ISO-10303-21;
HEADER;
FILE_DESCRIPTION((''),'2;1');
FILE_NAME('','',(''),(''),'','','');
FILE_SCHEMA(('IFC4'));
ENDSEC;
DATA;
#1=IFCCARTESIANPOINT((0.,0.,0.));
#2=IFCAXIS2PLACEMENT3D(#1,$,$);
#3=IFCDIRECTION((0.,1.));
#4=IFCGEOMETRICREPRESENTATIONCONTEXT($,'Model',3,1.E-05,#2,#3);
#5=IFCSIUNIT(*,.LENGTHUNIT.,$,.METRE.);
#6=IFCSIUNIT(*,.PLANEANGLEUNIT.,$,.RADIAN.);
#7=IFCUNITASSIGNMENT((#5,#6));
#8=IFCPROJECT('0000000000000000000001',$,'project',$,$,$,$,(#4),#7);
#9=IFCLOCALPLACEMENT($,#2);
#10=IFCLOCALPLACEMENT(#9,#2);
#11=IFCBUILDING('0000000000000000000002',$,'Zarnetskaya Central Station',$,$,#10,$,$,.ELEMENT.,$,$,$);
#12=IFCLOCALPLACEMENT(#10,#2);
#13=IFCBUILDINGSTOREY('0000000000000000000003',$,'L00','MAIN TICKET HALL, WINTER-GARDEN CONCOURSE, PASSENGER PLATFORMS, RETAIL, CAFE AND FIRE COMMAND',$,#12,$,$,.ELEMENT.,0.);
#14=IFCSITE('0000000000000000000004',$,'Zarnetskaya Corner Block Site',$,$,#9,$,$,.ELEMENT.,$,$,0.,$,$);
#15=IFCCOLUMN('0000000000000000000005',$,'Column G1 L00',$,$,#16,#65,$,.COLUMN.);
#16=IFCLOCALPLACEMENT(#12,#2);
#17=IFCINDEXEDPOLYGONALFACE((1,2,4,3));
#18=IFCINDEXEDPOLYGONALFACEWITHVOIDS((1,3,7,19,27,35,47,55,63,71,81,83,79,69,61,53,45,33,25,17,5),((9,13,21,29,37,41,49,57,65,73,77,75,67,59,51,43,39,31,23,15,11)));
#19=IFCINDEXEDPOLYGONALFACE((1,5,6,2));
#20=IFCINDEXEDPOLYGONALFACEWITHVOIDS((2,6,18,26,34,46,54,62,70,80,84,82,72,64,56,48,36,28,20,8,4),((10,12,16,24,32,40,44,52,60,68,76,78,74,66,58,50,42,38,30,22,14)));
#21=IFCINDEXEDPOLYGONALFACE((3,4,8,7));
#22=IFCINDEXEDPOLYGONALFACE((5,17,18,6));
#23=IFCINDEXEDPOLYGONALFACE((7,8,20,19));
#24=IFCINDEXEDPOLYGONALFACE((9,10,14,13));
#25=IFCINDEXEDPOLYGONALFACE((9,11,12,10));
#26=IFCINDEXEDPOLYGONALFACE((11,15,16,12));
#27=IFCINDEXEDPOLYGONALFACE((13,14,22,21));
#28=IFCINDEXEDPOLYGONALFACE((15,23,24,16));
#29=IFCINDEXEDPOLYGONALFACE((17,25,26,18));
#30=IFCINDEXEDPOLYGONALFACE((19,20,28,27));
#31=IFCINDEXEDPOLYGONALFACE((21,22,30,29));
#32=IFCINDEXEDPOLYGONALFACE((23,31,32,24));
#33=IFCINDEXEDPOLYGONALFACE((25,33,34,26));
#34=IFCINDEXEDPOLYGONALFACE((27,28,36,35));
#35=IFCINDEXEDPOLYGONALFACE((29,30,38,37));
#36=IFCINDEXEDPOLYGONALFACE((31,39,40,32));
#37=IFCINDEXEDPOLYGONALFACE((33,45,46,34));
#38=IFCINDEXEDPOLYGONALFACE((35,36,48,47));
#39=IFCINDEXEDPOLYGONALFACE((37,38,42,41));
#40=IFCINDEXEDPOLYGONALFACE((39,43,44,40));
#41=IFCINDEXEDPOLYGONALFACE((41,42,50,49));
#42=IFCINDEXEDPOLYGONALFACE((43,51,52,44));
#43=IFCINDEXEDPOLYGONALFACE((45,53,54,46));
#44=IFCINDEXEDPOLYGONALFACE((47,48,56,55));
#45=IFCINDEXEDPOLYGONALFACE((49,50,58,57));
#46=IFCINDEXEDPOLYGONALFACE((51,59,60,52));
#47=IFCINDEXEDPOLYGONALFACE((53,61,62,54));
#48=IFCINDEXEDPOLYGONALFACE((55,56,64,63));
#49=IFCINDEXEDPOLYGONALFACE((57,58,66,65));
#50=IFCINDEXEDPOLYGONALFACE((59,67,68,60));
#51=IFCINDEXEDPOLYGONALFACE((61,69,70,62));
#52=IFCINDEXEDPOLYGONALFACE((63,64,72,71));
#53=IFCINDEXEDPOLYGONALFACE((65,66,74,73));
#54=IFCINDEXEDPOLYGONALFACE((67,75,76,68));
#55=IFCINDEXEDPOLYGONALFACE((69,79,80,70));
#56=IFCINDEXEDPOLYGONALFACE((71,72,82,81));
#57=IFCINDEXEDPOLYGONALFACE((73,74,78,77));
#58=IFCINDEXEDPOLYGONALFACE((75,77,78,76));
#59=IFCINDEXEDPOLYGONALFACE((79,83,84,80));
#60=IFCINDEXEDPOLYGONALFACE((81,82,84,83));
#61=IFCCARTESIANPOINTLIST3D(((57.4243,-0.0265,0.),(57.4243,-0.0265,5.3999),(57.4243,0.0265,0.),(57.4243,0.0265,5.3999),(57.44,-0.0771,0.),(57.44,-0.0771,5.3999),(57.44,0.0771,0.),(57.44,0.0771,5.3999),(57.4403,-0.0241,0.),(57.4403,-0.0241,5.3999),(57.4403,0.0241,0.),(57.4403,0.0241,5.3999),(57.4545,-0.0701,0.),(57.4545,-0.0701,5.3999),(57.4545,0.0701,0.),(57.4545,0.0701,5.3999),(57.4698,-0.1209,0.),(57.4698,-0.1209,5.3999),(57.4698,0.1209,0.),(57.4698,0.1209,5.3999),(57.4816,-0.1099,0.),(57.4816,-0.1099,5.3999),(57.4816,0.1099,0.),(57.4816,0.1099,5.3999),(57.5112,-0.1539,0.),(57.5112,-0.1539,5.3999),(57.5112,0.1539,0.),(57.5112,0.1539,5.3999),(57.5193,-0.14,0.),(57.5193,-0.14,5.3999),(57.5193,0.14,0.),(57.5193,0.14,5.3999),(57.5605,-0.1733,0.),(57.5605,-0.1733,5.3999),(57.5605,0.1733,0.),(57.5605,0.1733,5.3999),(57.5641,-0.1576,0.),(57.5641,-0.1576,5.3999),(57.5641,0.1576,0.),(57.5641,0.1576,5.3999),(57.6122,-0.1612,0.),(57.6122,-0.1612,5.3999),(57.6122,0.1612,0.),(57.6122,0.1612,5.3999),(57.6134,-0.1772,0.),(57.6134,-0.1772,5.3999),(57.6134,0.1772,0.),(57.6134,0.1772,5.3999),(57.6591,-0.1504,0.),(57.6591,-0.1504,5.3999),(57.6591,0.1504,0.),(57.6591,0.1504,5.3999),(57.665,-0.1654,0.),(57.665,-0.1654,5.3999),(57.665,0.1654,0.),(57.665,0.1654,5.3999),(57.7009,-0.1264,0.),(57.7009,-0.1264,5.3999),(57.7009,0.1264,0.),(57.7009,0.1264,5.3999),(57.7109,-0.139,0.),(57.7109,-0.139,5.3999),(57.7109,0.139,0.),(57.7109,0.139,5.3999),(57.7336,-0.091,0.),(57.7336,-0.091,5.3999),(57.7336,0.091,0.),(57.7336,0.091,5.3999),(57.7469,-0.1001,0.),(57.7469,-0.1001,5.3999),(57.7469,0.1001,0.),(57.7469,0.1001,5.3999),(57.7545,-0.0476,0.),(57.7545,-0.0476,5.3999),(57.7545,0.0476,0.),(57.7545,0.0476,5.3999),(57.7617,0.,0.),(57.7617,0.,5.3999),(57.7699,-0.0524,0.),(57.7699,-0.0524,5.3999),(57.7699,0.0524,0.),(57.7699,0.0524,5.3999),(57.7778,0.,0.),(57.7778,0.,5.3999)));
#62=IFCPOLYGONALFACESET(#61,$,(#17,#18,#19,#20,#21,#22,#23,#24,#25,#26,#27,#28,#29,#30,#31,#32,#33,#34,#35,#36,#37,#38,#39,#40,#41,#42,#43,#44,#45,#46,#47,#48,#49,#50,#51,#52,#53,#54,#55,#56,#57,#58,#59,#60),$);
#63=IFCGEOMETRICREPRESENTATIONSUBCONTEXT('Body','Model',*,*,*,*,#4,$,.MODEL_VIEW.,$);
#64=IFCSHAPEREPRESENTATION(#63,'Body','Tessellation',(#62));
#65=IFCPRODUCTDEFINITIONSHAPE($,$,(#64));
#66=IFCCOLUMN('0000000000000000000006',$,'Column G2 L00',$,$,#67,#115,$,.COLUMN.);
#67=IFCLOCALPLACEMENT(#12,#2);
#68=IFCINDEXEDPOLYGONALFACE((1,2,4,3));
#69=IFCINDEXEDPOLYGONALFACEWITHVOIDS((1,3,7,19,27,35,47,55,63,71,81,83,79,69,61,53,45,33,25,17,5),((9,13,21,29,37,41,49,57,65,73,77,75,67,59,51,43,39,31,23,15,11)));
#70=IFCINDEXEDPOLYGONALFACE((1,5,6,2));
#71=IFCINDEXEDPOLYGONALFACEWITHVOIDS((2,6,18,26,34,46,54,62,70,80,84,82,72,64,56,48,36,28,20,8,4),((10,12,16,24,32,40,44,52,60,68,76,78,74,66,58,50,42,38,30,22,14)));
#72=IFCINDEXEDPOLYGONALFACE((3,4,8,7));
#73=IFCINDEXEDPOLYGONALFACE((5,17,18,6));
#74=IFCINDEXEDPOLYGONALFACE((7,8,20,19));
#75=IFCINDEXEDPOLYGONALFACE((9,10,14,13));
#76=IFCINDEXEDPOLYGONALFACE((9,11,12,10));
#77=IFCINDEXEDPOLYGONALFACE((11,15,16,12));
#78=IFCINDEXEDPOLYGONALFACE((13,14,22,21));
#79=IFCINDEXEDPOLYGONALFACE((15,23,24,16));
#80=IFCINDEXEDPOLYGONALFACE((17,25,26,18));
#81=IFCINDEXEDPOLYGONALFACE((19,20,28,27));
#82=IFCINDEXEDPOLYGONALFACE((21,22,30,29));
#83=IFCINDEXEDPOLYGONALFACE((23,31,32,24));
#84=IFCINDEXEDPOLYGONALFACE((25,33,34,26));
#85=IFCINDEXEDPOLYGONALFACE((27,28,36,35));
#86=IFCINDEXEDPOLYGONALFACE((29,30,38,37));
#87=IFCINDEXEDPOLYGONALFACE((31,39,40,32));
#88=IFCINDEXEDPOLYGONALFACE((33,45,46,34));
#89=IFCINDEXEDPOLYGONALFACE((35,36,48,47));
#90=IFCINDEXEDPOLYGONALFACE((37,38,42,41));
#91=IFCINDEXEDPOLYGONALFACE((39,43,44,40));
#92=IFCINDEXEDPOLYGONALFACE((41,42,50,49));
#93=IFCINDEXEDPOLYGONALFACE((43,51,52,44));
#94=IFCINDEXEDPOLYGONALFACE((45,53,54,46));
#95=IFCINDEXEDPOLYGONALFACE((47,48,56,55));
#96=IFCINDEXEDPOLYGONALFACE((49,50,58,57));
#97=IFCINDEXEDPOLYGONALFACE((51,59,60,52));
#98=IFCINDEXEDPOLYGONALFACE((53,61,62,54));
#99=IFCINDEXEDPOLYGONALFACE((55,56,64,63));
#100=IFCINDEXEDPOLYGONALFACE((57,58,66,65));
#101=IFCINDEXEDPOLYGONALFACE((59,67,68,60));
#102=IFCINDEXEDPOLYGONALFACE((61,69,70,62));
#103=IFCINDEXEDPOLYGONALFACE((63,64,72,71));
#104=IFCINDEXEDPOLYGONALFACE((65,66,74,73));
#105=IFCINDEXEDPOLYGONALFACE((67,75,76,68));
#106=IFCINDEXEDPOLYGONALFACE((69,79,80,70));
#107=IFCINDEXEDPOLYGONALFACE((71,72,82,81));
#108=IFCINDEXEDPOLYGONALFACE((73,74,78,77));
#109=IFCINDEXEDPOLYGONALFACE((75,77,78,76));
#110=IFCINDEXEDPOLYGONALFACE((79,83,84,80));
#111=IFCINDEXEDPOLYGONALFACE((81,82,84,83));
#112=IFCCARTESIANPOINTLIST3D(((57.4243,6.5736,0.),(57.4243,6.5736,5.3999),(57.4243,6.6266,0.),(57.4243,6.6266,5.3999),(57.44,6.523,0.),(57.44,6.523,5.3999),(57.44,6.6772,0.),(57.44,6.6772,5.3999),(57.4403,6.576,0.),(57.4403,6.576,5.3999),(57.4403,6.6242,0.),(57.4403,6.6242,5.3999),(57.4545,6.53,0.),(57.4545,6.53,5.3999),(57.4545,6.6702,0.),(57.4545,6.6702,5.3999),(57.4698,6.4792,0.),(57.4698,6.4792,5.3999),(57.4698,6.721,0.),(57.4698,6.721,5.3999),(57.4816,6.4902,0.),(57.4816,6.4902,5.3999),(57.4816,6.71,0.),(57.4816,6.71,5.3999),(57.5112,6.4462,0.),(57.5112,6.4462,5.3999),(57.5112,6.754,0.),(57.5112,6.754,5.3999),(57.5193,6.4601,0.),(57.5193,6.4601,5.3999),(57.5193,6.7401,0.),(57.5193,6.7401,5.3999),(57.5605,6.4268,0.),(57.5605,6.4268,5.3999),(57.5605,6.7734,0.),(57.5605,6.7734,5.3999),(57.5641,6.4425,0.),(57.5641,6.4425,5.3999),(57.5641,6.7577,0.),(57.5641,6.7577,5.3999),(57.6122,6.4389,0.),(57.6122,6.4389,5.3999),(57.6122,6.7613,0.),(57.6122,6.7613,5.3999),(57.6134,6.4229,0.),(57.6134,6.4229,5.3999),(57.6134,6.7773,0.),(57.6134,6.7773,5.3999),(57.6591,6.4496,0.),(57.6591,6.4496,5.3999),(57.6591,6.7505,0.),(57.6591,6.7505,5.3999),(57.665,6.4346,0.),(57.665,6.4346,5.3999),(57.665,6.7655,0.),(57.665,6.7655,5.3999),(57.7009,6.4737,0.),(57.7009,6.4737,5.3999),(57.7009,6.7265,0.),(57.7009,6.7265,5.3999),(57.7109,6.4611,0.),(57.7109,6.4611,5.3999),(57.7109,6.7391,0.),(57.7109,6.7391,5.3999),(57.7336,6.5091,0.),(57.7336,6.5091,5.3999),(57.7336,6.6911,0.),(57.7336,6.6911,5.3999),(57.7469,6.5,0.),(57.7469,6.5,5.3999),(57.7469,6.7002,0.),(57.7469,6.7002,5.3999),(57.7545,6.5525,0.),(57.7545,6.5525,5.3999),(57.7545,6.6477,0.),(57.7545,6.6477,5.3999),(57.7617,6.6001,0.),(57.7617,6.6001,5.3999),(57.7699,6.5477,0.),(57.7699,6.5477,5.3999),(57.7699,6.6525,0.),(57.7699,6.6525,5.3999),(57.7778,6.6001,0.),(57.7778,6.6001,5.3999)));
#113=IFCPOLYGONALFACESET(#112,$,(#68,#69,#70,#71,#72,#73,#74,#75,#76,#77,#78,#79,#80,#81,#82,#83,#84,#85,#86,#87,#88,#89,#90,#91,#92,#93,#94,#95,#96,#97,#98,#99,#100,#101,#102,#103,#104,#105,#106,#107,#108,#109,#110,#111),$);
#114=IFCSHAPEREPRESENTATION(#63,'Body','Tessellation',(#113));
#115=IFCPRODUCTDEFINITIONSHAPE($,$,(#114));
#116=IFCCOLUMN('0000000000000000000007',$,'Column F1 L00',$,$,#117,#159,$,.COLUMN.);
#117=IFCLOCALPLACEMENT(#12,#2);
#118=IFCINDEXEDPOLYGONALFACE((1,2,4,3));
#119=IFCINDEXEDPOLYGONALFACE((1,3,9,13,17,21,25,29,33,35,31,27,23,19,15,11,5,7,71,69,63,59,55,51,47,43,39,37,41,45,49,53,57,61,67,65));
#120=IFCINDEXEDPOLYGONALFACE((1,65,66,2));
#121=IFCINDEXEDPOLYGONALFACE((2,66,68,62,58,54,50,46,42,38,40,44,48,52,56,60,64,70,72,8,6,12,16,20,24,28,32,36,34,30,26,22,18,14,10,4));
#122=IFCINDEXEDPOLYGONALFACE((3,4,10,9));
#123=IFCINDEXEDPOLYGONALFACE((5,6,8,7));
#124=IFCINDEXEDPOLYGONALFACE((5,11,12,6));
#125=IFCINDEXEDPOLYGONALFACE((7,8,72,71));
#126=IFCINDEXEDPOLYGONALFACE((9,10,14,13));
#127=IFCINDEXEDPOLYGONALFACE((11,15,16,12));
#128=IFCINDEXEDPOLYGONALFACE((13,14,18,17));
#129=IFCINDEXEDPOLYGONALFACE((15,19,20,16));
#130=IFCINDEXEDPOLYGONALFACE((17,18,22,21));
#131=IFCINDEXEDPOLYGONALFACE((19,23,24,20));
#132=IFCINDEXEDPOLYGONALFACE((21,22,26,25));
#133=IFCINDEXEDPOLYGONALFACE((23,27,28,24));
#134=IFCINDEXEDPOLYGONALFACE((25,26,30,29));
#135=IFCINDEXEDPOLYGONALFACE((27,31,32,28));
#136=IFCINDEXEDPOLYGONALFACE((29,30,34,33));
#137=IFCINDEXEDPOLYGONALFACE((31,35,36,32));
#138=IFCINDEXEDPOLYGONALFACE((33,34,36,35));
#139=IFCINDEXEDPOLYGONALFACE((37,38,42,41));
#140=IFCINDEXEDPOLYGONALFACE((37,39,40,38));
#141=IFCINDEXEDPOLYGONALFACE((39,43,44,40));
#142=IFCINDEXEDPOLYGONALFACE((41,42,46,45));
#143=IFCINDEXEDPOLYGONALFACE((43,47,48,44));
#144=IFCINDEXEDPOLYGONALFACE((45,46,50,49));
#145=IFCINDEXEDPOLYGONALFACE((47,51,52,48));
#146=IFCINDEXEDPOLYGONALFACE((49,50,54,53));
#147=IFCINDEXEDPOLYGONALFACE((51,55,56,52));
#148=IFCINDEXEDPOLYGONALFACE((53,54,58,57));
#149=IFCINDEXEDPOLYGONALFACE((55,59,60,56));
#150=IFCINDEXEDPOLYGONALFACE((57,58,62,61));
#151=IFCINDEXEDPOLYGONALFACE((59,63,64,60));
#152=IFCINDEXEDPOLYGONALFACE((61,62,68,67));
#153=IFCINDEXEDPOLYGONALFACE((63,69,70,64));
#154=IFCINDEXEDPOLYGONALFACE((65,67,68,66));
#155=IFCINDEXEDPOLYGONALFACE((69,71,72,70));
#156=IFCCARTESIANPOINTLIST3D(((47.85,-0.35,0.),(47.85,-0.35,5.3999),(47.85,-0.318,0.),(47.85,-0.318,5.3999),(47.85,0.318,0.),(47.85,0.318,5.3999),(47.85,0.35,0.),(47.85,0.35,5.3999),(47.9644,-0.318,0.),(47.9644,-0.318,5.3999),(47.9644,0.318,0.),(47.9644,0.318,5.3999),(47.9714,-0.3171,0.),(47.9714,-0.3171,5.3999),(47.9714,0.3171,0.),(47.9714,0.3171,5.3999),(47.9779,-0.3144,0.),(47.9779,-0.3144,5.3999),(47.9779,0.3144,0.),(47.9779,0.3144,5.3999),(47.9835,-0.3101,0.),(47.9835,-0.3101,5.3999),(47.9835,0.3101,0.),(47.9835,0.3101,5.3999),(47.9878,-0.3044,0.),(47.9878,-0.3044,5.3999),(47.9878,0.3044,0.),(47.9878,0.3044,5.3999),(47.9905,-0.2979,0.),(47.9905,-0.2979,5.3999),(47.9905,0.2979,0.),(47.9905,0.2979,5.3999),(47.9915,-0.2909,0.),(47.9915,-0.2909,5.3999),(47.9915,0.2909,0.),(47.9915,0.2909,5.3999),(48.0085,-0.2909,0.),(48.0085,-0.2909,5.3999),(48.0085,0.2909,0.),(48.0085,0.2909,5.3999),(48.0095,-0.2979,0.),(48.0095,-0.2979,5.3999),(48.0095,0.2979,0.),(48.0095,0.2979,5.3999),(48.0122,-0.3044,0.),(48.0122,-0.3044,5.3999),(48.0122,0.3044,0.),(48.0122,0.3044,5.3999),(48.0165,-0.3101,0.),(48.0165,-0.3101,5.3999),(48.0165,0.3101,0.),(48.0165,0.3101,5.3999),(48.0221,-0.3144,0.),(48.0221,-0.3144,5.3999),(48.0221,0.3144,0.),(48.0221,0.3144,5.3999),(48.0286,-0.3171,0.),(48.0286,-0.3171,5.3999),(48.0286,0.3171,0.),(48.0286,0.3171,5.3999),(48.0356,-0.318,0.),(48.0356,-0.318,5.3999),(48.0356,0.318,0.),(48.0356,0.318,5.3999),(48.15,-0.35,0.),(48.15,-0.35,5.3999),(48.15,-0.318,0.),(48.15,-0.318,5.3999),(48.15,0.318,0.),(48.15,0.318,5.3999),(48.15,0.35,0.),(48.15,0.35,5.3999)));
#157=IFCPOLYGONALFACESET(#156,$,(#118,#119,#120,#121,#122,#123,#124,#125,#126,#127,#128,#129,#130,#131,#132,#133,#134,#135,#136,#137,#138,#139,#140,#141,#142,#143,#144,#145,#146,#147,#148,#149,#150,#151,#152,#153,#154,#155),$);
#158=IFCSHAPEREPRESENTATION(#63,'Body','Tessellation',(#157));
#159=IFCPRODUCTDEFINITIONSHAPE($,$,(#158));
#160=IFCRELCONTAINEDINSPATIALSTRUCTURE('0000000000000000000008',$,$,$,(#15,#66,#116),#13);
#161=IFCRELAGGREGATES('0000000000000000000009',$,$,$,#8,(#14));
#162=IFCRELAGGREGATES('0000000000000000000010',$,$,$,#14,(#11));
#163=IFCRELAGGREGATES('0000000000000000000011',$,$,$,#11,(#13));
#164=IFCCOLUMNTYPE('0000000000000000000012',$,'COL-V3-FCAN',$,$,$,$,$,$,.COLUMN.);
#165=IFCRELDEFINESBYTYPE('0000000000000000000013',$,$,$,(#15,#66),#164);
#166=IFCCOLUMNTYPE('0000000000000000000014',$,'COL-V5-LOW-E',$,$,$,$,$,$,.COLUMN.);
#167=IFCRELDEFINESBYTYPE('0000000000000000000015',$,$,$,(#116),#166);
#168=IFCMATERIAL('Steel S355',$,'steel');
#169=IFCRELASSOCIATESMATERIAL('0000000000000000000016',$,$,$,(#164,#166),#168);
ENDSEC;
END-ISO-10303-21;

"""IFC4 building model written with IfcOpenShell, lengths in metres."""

from ifc_helpers import new_model, si_unit, direction, frame, origin, origin_2d, place, context, subcontext, project, spatial, hollow_circle, i_section, extrude, material, material_profile, profile_set, type_object, element, save


model = new_model("IFC4")

# Units and contexts
model_context = context("Model", 3, precision=1e-05, world=origin(), true_north=direction((0.0, 1.0)))
body_context = subcontext(model_context, "Body", "Model", "MODEL_VIEW")
ifc_project = project(units=[si_unit("LENGTHUNIT", "METRE"), si_unit("PLANEANGLEUNIT", "RADIAN")], contexts=[model_context])

# Site, building, storey
site_placement = place(None, origin())
site = spatial("IfcSite", under=ifc_project, at=site_placement, Name="Zarnetskaya Corner Block Site", CompositionType="ELEMENT", RefElevation=0.0)
building_placement = place(site_placement, origin())
building = spatial("IfcBuilding", under=site, at=building_placement, Name="Zarnetskaya Central Station", CompositionType="ELEMENT")
storey_placement = place(building_placement, origin())
storey = spatial("IfcBuildingStorey", under=building, at=storey_placement, Name="L00", Description="MAIN TICKET HALL, WINTER-GARDEN CONCOURSE, PASSENGER PLATFORMS, RETAIL, CAFE AND FIRE COMMAND", CompositionType="ELEMENT", Elevation=0.0)

# Columns
ifc_material_1 = material(Name="Steel S355", Category="steel")
ifc_material_profile_1 = material_profile(ifc_material_1, hollow_circle(Radius=0.1777, WallThickness=0.0161, at=origin_2d()), Name="CHS 355.6x16")
ifc_profile_set_1 = profile_set([ifc_material_profile_1], Name="Steel S355")
column_type_1 = type_object("IfcColumnType", Name="COL-V3-FCAN", PredefinedType="COLUMN", material=ifc_profile_set_1)
for number, where, z_axis, x_axis, name in (
    (1, (57.6001, 0.0, 0.0), (0.0, 0.0, 1.0), (1.0, 0.0, 0.0), "Column G1 L00"),
    (2, (57.6001, 6.6001, 0.0), (0.0, 0.0, 1.0), (1.0, 0.0, 0.0), "Column G2 L00"),
):
    element("IfcColumn", number, at=place(storey_placement, frame(where, z_axis=z_axis, x_axis=x_axis)), inside=storey, type_object=column_type_1, Name=name, PredefinedType="COLUMN", context=body_context, shape_type="SweptSolid", body=[
        extrude(hollow_circle(Radius=0.1777, WallThickness=0.0161, at=origin_2d()), origin(), (0.0, 0.0, 1.0), 5.3999),
    ])
ifc_material_profile_2 = material_profile(ifc_material_1, i_section(OverallWidth=0.3, OverallDepth=0.7, WebThickness=0.0171, FlangeThickness=0.032, FilletRadius=0.0271, at=origin_2d()), Name="HEB 700")
ifc_profile_set_2 = profile_set([ifc_material_profile_2], Name="Steel S355")
column_type_2 = type_object("IfcColumnType", Name="COL-V5-LOW-E", PredefinedType="COLUMN", material=ifc_profile_set_2)
column_1_placement = place(storey_placement, frame((48.0, 0.0, 0.0), z_axis=(0.0, 0.0, 1.0), x_axis=(1.0, 0.0, 0.0)))
element("IfcColumn", 3, at=column_1_placement, inside=storey, type_object=column_type_2, Name="Column F1 L00", PredefinedType="COLUMN", context=body_context, shape_type="SweptSolid", body=[
    extrude(i_section(OverallWidth=0.3, OverallDepth=0.7, WebThickness=0.0171, FlangeThickness=0.032, FilletRadius=0.0271, at=origin_2d()), origin(), (0.0, 0.0, 1.0), 5.3999),
])

save(model, "model.ifc")
